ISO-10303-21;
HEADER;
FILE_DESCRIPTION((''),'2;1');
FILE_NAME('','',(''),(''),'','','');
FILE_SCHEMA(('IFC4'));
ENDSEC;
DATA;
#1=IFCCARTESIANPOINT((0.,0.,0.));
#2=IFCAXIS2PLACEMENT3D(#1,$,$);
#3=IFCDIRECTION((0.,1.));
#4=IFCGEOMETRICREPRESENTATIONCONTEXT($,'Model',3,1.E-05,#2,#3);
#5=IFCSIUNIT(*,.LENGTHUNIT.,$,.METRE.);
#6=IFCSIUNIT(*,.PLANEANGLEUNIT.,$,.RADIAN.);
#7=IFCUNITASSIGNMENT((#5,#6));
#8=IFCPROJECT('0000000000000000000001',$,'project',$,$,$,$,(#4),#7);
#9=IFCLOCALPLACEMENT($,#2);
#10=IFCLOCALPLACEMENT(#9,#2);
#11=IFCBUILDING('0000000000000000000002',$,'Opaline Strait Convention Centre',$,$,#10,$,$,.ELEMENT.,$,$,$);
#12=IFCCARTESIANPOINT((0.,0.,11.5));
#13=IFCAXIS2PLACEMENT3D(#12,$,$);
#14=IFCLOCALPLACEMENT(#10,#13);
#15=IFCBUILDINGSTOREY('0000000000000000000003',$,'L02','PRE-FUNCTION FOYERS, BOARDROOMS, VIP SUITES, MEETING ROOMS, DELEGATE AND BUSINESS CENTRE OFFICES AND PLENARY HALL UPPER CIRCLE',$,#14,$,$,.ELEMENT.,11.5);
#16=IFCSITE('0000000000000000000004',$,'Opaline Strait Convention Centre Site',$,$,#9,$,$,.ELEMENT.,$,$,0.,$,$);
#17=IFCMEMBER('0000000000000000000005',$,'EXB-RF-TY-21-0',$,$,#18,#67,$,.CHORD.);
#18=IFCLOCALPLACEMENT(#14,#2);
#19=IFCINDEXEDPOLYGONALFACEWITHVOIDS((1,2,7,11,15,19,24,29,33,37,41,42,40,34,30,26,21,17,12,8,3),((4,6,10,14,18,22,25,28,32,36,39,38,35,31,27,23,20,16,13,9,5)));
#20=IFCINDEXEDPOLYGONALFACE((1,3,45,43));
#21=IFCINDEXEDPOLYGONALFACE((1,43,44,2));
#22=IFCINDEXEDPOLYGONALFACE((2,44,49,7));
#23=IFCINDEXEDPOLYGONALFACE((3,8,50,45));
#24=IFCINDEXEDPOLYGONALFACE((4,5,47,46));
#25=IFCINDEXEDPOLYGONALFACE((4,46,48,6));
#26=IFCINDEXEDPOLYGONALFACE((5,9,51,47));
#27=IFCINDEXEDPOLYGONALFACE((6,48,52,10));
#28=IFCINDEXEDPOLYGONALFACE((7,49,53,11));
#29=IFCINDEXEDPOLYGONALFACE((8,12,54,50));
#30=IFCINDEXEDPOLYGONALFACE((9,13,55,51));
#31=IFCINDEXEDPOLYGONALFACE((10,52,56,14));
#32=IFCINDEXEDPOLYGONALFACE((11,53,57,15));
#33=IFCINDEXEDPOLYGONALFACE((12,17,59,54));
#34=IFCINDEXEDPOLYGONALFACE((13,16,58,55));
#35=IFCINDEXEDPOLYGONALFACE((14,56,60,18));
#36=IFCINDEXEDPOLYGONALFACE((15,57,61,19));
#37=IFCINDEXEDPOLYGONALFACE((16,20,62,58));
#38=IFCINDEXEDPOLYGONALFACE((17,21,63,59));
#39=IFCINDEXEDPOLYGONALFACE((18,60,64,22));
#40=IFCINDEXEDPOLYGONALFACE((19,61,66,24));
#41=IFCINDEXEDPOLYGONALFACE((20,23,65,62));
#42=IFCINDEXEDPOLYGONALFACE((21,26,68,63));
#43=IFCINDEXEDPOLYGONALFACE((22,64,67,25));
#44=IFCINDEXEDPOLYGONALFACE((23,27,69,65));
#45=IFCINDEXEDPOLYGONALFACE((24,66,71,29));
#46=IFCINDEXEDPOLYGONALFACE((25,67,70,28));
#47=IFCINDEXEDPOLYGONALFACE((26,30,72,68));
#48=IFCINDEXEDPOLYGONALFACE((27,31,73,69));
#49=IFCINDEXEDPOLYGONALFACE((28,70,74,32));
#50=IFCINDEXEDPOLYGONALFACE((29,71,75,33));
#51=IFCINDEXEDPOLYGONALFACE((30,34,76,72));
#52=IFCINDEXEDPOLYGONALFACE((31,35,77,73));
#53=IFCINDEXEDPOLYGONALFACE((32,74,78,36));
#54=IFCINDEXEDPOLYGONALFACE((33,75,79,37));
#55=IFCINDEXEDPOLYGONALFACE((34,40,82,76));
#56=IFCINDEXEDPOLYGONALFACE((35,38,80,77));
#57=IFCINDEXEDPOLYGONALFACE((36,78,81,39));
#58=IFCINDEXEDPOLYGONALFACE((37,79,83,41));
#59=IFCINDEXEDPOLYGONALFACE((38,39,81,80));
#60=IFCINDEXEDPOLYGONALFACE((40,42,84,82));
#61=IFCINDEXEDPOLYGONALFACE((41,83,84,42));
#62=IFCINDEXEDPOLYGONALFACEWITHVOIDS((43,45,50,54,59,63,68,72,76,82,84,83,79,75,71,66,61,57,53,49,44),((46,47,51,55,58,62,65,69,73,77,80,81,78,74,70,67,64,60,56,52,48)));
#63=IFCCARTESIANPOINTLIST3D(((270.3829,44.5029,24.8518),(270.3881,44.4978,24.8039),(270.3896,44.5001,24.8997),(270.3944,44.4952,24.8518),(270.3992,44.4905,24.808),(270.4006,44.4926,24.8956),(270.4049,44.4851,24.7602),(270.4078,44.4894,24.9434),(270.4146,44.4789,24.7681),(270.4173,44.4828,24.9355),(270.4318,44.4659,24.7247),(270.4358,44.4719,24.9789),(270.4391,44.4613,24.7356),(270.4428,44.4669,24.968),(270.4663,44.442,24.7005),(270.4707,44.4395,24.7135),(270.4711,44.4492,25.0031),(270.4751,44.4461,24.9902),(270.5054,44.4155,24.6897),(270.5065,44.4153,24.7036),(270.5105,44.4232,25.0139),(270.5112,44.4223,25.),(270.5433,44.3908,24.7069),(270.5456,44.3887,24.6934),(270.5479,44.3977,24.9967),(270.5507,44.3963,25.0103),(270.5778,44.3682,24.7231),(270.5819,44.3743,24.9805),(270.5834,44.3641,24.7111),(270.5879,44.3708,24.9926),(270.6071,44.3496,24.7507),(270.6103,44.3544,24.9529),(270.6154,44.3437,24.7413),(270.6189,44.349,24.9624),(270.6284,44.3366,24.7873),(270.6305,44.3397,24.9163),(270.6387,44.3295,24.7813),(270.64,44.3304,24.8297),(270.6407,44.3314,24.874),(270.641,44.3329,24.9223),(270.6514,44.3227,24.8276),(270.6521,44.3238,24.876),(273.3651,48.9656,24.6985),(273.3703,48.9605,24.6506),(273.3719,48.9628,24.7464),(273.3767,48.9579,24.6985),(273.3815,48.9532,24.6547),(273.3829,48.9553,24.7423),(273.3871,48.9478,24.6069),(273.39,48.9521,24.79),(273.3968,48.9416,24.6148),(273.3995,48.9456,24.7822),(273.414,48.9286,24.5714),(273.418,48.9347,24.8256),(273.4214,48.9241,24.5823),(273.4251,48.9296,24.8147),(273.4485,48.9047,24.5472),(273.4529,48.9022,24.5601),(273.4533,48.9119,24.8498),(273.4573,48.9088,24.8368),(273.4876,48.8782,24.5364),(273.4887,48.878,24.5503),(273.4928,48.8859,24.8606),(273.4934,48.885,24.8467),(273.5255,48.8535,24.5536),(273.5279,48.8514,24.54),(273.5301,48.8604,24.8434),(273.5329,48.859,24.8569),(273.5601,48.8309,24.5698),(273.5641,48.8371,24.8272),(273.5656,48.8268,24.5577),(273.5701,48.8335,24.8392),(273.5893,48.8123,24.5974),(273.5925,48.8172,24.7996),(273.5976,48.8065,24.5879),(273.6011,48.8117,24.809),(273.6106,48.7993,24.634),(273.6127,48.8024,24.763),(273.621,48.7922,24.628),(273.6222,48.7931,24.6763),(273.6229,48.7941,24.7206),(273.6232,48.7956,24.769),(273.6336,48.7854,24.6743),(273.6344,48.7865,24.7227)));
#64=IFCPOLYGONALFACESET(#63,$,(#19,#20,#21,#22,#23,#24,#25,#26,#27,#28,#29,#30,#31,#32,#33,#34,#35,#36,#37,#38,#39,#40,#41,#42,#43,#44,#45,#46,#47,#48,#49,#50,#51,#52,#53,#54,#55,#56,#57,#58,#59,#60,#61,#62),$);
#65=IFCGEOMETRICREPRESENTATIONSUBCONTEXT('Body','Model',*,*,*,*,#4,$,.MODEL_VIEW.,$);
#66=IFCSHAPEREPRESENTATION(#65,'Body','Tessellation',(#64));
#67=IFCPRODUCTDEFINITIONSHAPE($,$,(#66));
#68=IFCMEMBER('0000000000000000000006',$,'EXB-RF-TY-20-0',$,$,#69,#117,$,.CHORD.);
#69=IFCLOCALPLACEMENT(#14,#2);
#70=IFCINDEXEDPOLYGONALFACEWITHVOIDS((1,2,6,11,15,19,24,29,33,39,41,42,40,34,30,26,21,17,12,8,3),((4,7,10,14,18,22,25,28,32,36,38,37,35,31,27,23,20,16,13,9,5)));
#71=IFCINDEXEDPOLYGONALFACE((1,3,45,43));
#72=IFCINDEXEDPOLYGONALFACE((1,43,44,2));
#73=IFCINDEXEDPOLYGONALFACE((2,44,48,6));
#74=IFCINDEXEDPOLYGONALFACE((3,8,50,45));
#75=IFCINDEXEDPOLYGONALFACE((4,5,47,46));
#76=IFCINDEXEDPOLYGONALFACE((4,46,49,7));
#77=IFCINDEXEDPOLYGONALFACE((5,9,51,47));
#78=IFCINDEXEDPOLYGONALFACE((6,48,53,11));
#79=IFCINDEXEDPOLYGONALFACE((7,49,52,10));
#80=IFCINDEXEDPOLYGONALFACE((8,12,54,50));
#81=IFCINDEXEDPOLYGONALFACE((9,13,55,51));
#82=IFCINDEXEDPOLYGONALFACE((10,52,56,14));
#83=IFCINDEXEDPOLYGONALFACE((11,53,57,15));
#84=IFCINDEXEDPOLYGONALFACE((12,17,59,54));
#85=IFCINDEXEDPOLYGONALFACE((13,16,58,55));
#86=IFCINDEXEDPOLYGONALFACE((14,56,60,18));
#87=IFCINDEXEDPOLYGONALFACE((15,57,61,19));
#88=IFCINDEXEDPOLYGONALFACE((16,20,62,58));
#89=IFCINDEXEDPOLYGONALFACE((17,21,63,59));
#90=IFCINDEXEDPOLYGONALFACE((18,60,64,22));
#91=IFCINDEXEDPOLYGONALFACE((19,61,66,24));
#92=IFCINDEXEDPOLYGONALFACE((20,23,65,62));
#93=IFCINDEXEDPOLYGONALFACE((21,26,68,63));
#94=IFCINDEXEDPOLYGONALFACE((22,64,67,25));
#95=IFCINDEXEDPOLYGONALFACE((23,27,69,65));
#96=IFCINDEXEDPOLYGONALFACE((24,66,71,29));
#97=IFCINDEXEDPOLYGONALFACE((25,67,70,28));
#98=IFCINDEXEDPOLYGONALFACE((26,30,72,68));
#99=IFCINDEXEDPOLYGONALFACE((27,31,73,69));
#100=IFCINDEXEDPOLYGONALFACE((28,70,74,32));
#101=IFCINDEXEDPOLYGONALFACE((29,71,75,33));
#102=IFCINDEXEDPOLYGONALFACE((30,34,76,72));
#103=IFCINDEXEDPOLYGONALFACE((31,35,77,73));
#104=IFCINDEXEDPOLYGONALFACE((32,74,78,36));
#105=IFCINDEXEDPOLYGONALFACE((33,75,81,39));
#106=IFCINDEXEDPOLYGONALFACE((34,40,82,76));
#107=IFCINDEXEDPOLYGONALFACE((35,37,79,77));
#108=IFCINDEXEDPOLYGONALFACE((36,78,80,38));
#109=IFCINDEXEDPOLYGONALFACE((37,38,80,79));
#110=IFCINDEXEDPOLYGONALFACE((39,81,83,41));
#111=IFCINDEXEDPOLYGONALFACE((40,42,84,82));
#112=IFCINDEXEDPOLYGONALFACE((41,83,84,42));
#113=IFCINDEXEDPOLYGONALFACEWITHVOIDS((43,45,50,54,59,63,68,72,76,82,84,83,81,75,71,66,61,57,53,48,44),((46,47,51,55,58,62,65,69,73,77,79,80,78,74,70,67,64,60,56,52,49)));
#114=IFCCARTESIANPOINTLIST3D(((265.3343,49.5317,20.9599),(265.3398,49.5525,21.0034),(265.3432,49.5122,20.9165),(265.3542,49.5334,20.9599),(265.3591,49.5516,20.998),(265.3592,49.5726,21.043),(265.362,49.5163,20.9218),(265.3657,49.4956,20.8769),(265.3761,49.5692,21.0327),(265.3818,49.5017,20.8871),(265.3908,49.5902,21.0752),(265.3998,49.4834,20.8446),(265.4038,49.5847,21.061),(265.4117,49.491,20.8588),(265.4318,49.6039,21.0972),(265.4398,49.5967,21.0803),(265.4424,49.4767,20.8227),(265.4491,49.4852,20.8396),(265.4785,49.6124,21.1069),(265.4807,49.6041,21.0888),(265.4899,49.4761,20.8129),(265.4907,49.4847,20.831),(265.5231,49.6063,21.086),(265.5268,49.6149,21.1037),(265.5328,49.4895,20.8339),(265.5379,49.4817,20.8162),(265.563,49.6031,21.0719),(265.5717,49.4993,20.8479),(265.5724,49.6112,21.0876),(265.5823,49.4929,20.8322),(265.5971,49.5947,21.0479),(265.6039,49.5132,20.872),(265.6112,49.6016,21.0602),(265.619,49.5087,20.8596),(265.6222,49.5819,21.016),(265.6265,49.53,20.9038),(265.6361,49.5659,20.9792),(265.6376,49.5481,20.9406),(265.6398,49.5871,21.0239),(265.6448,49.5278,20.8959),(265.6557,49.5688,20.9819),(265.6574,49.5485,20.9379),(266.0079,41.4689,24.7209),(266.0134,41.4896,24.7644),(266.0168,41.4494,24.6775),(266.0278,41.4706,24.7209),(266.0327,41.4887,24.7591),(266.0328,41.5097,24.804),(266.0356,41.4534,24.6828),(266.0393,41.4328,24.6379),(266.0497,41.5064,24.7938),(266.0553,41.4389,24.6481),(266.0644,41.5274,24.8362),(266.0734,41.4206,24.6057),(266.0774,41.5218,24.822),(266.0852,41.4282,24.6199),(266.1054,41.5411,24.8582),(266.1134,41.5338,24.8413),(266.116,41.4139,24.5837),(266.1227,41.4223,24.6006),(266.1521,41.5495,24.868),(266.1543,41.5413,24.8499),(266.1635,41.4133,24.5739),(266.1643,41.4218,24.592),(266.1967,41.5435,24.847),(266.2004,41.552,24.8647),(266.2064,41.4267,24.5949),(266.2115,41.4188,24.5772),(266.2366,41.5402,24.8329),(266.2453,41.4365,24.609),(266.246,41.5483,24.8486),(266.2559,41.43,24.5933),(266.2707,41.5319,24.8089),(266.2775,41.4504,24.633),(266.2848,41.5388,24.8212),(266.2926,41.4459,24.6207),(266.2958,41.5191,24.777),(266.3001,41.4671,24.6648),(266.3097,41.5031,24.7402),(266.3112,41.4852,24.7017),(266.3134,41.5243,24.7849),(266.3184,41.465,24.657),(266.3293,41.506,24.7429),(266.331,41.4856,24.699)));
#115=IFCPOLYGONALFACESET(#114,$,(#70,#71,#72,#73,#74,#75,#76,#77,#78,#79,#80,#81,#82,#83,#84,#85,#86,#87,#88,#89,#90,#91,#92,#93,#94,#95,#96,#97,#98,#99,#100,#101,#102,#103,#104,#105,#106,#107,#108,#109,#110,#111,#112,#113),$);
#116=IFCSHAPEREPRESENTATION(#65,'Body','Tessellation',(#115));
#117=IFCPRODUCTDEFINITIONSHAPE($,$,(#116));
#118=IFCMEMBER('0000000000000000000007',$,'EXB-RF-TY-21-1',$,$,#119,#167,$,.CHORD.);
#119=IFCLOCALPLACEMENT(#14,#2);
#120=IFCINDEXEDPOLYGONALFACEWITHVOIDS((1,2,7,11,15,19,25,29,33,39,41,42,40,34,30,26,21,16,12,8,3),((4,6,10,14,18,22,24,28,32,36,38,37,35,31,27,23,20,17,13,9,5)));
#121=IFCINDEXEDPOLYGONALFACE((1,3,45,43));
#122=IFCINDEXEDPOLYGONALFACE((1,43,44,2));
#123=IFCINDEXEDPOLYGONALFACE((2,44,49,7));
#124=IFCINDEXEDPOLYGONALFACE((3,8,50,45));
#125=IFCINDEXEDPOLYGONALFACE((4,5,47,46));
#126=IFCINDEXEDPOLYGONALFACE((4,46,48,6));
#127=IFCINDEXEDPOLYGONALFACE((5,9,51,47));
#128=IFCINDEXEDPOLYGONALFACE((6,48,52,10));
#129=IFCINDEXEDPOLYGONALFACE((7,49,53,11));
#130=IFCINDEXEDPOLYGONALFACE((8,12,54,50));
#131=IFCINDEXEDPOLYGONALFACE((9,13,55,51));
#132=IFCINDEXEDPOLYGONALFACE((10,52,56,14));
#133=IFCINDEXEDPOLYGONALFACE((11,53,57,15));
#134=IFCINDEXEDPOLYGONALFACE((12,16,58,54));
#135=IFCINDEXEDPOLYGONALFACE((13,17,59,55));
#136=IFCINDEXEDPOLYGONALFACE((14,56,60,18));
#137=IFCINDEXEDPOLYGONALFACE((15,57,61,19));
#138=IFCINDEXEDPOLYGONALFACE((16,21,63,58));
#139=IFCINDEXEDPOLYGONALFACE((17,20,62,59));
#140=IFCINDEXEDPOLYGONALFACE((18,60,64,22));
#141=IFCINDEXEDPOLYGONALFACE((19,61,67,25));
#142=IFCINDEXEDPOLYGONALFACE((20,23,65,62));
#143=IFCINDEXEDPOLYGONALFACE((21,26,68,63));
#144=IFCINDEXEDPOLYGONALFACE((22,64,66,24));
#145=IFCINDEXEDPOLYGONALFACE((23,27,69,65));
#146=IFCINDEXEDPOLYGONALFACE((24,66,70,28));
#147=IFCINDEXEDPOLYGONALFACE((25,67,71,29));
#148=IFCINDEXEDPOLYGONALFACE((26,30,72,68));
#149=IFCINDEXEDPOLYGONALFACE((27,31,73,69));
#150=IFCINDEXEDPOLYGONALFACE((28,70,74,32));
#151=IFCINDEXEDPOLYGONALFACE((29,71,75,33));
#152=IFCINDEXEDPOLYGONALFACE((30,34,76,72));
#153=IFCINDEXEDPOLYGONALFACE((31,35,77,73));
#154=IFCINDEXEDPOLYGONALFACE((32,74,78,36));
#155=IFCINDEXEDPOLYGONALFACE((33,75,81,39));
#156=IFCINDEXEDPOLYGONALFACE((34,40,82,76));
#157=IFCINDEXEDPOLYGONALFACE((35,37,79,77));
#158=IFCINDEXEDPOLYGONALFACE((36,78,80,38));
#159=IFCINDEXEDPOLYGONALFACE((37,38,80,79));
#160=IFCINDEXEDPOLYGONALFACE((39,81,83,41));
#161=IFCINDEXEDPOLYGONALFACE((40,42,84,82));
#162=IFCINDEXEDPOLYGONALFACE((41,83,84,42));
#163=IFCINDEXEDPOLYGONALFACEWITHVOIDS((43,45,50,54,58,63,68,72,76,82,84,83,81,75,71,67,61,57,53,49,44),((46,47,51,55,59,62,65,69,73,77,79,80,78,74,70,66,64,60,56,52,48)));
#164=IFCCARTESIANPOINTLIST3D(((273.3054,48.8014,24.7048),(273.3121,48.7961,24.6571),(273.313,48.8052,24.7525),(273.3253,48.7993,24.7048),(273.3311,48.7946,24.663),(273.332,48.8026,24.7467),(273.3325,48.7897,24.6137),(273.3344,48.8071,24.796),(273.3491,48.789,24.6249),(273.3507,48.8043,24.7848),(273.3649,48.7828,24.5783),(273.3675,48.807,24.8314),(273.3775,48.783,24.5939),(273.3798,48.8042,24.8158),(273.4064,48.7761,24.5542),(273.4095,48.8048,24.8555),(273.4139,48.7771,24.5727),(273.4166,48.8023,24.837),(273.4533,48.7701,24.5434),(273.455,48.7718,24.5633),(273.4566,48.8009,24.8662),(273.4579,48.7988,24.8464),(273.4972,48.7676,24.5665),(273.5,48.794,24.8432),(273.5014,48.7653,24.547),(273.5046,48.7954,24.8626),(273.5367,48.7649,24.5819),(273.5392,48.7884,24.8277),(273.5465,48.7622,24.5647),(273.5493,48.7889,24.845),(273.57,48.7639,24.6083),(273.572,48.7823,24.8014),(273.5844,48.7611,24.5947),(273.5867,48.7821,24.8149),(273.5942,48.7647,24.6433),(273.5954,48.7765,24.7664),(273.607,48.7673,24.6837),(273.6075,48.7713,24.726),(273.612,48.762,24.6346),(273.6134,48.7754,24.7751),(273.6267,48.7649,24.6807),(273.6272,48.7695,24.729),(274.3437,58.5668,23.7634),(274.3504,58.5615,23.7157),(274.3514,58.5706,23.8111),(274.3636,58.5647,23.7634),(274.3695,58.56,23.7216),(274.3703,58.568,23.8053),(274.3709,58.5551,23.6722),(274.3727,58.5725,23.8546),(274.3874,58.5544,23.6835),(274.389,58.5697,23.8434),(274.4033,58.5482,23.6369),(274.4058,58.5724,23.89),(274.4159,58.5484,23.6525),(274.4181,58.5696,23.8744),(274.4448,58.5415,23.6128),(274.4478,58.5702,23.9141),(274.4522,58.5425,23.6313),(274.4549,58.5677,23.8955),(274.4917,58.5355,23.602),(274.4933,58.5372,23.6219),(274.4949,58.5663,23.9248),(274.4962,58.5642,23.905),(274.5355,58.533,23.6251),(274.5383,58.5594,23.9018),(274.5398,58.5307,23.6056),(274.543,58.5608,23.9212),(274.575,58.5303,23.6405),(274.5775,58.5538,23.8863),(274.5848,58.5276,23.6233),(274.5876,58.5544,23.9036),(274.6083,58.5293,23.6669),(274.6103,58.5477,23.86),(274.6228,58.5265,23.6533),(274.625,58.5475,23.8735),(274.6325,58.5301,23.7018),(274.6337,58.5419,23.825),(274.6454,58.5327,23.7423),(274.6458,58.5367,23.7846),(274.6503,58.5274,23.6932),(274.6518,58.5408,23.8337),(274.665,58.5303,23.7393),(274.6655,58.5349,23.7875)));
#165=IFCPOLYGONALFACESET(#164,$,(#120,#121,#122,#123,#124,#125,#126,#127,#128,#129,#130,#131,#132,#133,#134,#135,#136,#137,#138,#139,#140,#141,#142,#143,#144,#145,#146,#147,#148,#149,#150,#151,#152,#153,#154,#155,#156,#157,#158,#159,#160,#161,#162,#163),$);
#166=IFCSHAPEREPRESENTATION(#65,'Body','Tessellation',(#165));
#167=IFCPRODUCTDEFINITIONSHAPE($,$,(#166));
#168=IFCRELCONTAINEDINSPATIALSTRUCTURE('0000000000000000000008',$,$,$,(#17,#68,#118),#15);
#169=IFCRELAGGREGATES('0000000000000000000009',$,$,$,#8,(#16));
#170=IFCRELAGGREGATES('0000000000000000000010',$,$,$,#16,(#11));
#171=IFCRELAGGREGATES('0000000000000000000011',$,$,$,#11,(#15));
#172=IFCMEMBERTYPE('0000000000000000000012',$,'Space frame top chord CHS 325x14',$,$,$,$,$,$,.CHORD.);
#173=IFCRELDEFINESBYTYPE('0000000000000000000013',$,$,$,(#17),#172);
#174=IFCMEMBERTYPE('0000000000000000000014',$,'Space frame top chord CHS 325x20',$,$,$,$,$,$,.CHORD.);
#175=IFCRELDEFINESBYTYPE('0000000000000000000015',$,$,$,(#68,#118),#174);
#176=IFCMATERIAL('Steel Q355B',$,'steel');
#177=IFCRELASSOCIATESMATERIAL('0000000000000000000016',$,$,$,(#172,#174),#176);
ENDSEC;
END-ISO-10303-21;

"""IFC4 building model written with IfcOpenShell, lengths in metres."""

from ifc_helpers import new_model, si_unit, direction, frame, origin, origin_2d, place, context, subcontext, project, spatial, hollow_circle, extrude, material, material_profile, profile_set, type_object, element, save


model = new_model("IFC4")

# Units and contexts
model_context = context("Model", 3, precision=1e-05, world=origin(), true_north=direction((0.0, 1.0)))
body_context = subcontext(model_context, "Body", "Model", "MODEL_VIEW")
ifc_project = project(units=[si_unit("LENGTHUNIT", "METRE"), si_unit("PLANEANGLEUNIT", "RADIAN")], contexts=[model_context])

# Site, building, storey
site_placement = place(None, origin())
site = spatial("IfcSite", under=ifc_project, at=site_placement, Name="Opaline Strait Convention Centre Site", CompositionType="ELEMENT", RefElevation=0.0)
building_placement = place(site_placement, origin())
building = spatial("IfcBuilding", under=site, at=building_placement, Name="Opaline Strait Convention Centre", CompositionType="ELEMENT")
storey_placement = place(building_placement, frame((0.0, 0.0, 11.5)))
storey = spatial("IfcBuildingStorey", under=building, at=storey_placement, Name="L02", Description="PRE-FUNCTION FOYERS, BOARDROOMS, VIP SUITES, MEETING ROOMS, DELEGATE AND BUSINESS CENTRE OFFICES AND PLENARY HALL UPPER CIRCLE", CompositionType="ELEMENT", Elevation=11.5)

# Members
ifc_material_1 = material(Name="Steel Q355B", Category="steel")
ifc_material_profile_1 = material_profile(ifc_material_1, hollow_circle(Radius=0.1626, WallThickness=0.0139, at=origin_2d()), Name="CHS 325x14")
ifc_profile_set_1 = profile_set([ifc_material_profile_1], Name="Steel Q355B")
member_type_1 = type_object("IfcMemberType", Name="Space frame top chord CHS 325x14", PredefinedType="CHORD", material=ifc_profile_set_1)
for number, where, z_axis, x_axis, name in (
    (1, (270.5181, 44.4126, 24.8518), (0.555387, 0.831102, -0.028554), (-0.831441, 0.555613, 0.0), "EXB-RF-TY-21-0"),
):
    element("IfcMember", number, at=place(storey_placement, frame(where, z_axis=z_axis, x_axis=x_axis)), inside=storey, type_object=member_type_1, Name=name, PredefinedType="CHORD", context=body_context, shape_type="SweptSolid", body=[
        extrude(hollow_circle(Radius=0.1626, WallThickness=0.0139, at=origin_2d()), origin(), (0.0, 0.0, 1.0), 5.3696),
    ])
ifc_material_profile_2 = material_profile(ifc_material_1, hollow_circle(Radius=0.1626, WallThickness=0.02, at=origin_2d()), Name="CHS 325x20")
ifc_profile_set_2 = profile_set([ifc_material_profile_2], Name="Steel Q355B")
member_type_2 = type_object("IfcMemberType", Name="Space frame top chord CHS 325x20", PredefinedType="CHORD", material=ifc_profile_set_2)
member_1_placement = place(storey_placement, frame((266.1699, 41.4824, 24.7209), z_axis=(-0.075495, 0.903667, -0.421529), x_axis=(-0.996528, -0.083253, 0.0)))
element("IfcMember", 2, at=member_1_placement, inside=storey, type_object=member_type_2, Name="EXB-RF-TY-20-0", PredefinedType="CHORD", context=body_context, shape_type="SweptSolid", body=[
    extrude(hollow_circle(Radius=0.1626, WallThickness=0.02, at=origin_2d()), origin(), (0.0, 0.0, 1.0), 8.9224),
])
member_2_placement = place(storey_placement, frame((273.467, 48.7842, 24.7048), z_axis=(0.105249, 0.989857, -0.095425), x_axis=(-0.994395, 0.105732, 0.0)))
element("IfcMember", 3, at=member_2_placement, inside=storey, type_object=member_type_2, Name="EXB-RF-TY-21-1", PredefinedType="CHORD", context=body_context, shape_type="SweptSolid", body=[
    extrude(hollow_circle(Radius=0.1626, WallThickness=0.02, at=origin_2d()), origin(), (0.0, 0.0, 1.0), 9.8655),
])

save(model, "model.ifc")
